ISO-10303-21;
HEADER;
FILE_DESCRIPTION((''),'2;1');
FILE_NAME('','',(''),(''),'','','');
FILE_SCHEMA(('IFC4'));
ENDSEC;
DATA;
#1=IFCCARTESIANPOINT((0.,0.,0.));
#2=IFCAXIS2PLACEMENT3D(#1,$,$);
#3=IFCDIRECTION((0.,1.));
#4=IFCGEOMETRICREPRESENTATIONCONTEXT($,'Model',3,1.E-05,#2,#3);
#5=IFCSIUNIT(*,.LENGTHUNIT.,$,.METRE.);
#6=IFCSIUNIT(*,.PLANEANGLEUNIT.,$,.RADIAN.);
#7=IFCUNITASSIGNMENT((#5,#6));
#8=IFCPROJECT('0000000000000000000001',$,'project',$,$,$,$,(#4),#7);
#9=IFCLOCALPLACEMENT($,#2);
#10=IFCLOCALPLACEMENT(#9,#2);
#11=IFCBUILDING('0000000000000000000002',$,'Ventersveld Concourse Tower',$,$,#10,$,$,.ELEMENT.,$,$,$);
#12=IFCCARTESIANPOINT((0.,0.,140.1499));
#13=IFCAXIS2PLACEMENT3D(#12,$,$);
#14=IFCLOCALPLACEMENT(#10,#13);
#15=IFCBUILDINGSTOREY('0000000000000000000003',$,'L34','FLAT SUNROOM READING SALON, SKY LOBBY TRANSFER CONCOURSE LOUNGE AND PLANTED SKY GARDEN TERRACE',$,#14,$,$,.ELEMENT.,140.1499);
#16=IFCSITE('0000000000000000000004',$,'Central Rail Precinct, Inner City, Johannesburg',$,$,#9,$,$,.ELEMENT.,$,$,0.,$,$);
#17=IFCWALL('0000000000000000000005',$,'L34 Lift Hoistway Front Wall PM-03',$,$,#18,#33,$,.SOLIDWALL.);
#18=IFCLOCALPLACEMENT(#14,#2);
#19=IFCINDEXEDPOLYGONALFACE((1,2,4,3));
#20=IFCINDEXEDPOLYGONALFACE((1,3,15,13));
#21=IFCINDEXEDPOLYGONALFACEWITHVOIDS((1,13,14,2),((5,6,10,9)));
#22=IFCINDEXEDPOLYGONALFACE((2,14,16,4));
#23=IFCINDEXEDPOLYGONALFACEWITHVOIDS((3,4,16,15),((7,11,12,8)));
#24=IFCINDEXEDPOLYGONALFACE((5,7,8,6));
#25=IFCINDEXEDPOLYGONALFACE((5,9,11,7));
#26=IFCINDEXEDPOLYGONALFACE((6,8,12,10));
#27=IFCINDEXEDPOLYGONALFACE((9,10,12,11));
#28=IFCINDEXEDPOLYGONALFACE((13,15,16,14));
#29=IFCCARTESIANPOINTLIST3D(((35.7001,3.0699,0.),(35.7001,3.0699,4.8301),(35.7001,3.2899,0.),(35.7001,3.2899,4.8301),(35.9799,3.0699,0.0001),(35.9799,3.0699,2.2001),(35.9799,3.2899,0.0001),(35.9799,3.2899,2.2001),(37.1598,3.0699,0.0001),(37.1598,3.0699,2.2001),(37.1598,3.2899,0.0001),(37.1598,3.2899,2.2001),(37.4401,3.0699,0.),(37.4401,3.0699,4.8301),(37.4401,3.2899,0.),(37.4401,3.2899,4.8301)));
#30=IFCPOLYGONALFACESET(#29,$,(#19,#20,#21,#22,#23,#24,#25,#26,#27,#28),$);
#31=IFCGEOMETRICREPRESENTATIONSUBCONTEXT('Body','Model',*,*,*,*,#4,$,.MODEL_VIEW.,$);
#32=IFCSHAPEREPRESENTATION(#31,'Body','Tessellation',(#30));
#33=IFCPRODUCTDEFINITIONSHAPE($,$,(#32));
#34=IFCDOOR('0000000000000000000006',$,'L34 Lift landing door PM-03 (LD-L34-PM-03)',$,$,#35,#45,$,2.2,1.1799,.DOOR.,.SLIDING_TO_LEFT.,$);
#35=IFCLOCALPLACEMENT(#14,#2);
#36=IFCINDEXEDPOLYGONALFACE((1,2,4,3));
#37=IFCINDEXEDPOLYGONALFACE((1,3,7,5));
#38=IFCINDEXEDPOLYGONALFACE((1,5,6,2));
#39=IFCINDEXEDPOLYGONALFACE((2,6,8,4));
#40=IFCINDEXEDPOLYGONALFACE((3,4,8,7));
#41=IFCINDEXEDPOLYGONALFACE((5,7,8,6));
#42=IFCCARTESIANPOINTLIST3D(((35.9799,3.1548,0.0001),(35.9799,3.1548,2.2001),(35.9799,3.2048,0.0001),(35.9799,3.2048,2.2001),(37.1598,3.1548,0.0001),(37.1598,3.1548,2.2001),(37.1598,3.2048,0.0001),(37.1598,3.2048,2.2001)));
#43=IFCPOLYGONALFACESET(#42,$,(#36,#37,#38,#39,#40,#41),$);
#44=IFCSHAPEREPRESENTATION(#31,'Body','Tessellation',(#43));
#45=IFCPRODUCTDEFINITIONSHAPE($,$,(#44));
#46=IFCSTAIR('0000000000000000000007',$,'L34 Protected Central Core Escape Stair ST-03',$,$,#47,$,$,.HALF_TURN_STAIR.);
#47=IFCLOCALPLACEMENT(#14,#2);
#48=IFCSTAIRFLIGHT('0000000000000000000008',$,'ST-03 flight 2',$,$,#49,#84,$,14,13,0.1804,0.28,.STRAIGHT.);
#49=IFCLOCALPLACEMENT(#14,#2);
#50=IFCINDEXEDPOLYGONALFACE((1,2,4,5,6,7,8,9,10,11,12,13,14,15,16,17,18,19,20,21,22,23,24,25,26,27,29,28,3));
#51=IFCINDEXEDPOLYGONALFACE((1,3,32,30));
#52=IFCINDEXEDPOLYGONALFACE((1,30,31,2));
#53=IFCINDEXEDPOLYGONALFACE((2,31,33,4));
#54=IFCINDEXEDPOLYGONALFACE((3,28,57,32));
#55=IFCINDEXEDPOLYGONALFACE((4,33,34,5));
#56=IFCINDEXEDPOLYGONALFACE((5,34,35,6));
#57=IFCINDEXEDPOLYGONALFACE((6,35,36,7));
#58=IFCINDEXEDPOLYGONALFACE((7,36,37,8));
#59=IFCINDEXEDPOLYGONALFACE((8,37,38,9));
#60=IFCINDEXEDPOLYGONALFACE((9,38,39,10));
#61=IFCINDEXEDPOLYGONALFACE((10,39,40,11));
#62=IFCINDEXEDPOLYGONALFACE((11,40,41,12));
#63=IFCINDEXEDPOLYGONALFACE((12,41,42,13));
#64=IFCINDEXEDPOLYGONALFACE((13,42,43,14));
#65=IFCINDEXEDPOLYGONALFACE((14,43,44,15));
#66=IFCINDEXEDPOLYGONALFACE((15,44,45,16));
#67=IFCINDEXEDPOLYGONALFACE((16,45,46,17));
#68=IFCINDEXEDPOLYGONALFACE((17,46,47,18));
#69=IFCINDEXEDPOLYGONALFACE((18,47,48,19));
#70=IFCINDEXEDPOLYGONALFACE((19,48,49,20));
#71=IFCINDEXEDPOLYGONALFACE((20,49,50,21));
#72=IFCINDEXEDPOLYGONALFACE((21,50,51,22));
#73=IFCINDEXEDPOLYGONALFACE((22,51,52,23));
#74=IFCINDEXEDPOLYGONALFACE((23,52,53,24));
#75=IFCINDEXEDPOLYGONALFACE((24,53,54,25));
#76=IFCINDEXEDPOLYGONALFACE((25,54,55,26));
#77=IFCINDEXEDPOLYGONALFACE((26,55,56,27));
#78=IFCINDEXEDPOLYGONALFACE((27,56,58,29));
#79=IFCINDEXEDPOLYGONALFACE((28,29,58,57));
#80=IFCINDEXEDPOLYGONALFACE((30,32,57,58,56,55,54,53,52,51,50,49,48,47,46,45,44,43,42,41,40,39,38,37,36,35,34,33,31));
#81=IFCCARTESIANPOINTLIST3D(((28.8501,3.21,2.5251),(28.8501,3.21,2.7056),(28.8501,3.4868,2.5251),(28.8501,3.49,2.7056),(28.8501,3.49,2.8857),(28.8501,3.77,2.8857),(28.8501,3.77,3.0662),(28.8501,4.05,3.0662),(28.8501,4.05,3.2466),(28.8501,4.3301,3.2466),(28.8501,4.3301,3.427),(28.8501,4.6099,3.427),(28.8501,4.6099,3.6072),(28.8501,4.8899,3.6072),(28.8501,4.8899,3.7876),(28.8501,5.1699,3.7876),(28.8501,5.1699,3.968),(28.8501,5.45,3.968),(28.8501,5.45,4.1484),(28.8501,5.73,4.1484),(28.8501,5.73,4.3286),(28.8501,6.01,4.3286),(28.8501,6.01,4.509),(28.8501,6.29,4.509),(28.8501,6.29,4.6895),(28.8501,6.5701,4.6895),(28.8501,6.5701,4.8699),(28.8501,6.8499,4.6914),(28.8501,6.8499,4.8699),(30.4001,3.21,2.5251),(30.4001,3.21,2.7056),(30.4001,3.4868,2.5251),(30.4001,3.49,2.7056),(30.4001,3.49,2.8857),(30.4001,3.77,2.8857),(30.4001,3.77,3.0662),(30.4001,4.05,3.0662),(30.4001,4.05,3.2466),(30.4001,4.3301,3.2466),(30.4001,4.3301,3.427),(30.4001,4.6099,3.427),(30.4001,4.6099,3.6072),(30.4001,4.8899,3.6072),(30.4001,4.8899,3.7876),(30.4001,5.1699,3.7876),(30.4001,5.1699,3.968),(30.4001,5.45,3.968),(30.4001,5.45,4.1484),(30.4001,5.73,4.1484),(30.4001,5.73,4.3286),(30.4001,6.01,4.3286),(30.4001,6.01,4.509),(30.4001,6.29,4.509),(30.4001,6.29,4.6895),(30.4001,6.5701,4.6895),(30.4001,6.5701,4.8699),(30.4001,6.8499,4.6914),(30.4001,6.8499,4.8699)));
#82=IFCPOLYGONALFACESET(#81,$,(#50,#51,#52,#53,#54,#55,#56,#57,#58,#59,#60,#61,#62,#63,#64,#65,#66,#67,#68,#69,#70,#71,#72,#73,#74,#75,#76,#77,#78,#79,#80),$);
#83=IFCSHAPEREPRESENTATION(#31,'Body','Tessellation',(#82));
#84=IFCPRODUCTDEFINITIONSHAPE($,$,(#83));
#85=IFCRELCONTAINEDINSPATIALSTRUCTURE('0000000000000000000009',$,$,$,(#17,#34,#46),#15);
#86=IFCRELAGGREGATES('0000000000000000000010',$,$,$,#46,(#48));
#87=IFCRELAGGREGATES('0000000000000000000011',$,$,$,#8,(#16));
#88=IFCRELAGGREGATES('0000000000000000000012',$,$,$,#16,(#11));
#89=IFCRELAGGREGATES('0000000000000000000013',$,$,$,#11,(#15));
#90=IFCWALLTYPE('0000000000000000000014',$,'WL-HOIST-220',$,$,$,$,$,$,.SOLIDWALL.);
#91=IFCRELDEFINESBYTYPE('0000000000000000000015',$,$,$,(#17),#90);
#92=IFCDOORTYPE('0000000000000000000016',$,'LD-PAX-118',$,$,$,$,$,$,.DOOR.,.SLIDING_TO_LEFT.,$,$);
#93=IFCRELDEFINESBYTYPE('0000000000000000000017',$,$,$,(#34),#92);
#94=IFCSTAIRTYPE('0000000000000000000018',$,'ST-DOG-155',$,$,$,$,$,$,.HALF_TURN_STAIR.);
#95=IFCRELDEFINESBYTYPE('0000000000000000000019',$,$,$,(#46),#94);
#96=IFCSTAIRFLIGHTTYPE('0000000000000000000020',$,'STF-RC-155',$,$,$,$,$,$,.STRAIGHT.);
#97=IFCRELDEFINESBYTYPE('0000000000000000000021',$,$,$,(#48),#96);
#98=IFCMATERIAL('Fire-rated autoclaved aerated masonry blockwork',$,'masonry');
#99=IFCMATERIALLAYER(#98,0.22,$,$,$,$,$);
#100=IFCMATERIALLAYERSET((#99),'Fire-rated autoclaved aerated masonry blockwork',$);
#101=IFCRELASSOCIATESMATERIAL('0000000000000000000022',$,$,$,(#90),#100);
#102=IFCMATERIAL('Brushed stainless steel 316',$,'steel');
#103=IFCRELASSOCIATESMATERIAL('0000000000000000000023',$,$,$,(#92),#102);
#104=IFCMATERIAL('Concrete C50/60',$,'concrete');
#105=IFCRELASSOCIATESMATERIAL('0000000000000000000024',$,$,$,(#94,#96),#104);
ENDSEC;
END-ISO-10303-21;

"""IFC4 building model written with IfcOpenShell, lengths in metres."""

from ifc_helpers import new_model, si_unit, direction, frame, frame_2d, origin, place, context, subcontext, project, spatial, polyline, rectangle, outline, extrude, material, layer, layer_set, type_object, element, fill, aggregate, save


model = new_model("IFC4")

# Units and contexts
model_context = context("Model", 3, precision=1e-05, world=origin(), true_north=direction((0.0, 1.0)))
body_context = subcontext(model_context, "Body", "Model", "MODEL_VIEW")
ifc_project = project(units=[si_unit("LENGTHUNIT", "METRE"), si_unit("PLANEANGLEUNIT", "RADIAN")], contexts=[model_context])

# Site, building, storey
site_placement = place(None, origin())
site = spatial("IfcSite", under=ifc_project, at=site_placement, Name="Central Rail Precinct, Inner City, Johannesburg", CompositionType="ELEMENT", RefElevation=0.0)
building_placement = place(site_placement, origin())
building = spatial("IfcBuilding", under=site, at=building_placement, Name="Ventersveld Concourse Tower", CompositionType="ELEMENT")
storey_placement = place(building_placement, frame((0.0, 0.0, 140.1499)))
storey = spatial("IfcBuildingStorey", under=building, at=storey_placement, Name="L34", Description="FLAT SUNROOM READING SALON, SKY LOBBY TRANSFER CONCOURSE LOUNGE AND PLANTED SKY GARDEN TERRACE", CompositionType="ELEMENT", Elevation=140.1499)

# Shared definitions
ifc_material_1 = material(Name="Concrete C50/60", Category="concrete")

# Shared definitions
ifc_material_2 = material(Name="Fire-rated autoclaved aerated masonry blockwork", Category="masonry")
ifc_layer_1 = layer(ifc_material_2, 0.22)
ifc_layer_set_1 = layer_set([ifc_layer_1], Name="Fire-rated autoclaved aerated masonry blockwork")
wall_type_1 = type_object("IfcWallType", Name="WL-HOIST-220", PredefinedType="SOLIDWALL", material=ifc_layer_set_1)

# Shared definitions
ifc_material_3 = material(Name="Brushed stainless steel 316", Category="steel")
door_type = type_object("IfcDoorType", Name="LD-PAX-118", OperationType="SLIDING_TO_LEFT", PredefinedType="DOOR", material=ifc_material_3)

# Wall, opening, door
wall_1_placement = place(storey_placement, frame((35.7, 3.1799, 0.0), z_axis=(0.0, 0.0, 1.0), x_axis=(1.0, 0.0, 0.0)))
wall_1 = element("IfcWall", 1, at=wall_1_placement, inside=storey, type_object=wall_type_1, Name="L34 Lift Hoistway Front Wall PM-03", PredefinedType="SOLIDWALL", context=body_context, shape_type="SweptSolid", body=[
    extrude(rectangle(XDim=1.74, YDim=0.22, at=frame_2d((0.8701, 0.0))), origin(), (0.0, 0.0, 1.0), 4.8301),
])
opening_1_placement = place(wall_1_placement, frame((0.28, 0.0, 0.0)))
opening_1 = element("IfcOpeningElement", 2, at=opening_1_placement, cuts=wall_1, PredefinedType="OPENING", context=body_context, shape_type="SweptSolid", body=[
    extrude(rectangle(XDim=1.1799, YDim=2.2, at=frame_2d((0.5898, 1.1001))), frame((0.0, 0.1201, 0.0), z_axis=(0.0, -1.0, 0.0), x_axis=(1.0, 0.0, 0.0)), (0.0, 0.0, 1.0), 0.24),
])
door_1_placement = place(opening_1_placement, origin())
door_1 = element("IfcDoor", 3, at=door_1_placement, inside=storey, type_object=door_type, Name="L34 Lift landing door PM-03 (LD-L34-PM-03)", OperationType="SLIDING_TO_LEFT", OverallHeight=2.2, OverallWidth=1.1799, PredefinedType="DOOR", context=body_context, shape_type="SweptSolid", body=[
    extrude(rectangle(XDim=1.1799, YDim=2.2, at=frame_2d((0.5898, 1.1001))), frame((0.0, 0.0249, 0.0), z_axis=(0.0, -1.0, 0.0), x_axis=(1.0, 0.0, 0.0)), (0.0, 0.0, 1.0), 0.05),
])
fill(opening_1, door_1)

# Stair, stair flight
stair_type = type_object("IfcStairType", Name="ST-DOG-155", PredefinedType="HALF_TURN_STAIR", material=ifc_material_1)
stair_placement = place(storey_placement, origin())
stair = element("IfcStair", 4, at=stair_placement, inside=storey, type_object=stair_type, Name="L34 Protected Central Core Escape Stair ST-03", PredefinedType="HALF_TURN_STAIR")
stair_flight_type = type_object("IfcStairFlightType", Name="STF-RC-155", PredefinedType="STRAIGHT", material=ifc_material_1)
stair_flight_placement = place(storey_placement, frame((29.625, 3.21, 2.5251), z_axis=(0.0, 0.0, 1.0), x_axis=(0.0, 1.0, 0.0)))
stair_flight = element("IfcStairFlight", 5, at=stair_flight_placement, type_object=stair_flight_type, Name="ST-03 flight 2", NumberOfRisers=14, NumberOfTreads=13, PredefinedType="STRAIGHT", RiserHeight=0.1804, TreadLength=0.28, context=body_context, shape_type="SweptSolid", body=[
    extrude(outline(polyline([(0.0, 0.0), (0.0, 0.1804), (0.28, 0.1804), (0.28, 0.3606), (0.5601, 0.3606), (0.5601, 0.541), (0.8401, 0.541), (0.8401, 0.7214), (1.1201, 0.7214), (1.1201, 0.9019), (1.3999, 0.9019), (1.3999, 1.082), (1.6799, 1.082), (1.6799, 1.2625), (1.96, 1.2625), (1.96, 1.4429), (2.24, 1.4429), (2.24, 1.6233), (2.52, 1.6233), (2.52, 1.8035), (2.8, 1.8035), (2.8, 1.9839), (3.0801, 1.9839), (3.0801, 2.1643), (3.3601, 2.1643), (3.3601, 2.3447), (3.6399, 2.3447), (3.6399, 2.5249), (3.6399, 2.1663), (0.2769, 0.0), (0.0, 0.0)])), frame((0.0, 0.7749, 0.0), z_axis=(0.0, -1.0, 0.0), x_axis=(1.0, 0.0, 0.0)), (0.0, 0.0, 1.0), 1.55),
])
aggregate(stair, [stair_flight])

save(model, "model.ifc")
